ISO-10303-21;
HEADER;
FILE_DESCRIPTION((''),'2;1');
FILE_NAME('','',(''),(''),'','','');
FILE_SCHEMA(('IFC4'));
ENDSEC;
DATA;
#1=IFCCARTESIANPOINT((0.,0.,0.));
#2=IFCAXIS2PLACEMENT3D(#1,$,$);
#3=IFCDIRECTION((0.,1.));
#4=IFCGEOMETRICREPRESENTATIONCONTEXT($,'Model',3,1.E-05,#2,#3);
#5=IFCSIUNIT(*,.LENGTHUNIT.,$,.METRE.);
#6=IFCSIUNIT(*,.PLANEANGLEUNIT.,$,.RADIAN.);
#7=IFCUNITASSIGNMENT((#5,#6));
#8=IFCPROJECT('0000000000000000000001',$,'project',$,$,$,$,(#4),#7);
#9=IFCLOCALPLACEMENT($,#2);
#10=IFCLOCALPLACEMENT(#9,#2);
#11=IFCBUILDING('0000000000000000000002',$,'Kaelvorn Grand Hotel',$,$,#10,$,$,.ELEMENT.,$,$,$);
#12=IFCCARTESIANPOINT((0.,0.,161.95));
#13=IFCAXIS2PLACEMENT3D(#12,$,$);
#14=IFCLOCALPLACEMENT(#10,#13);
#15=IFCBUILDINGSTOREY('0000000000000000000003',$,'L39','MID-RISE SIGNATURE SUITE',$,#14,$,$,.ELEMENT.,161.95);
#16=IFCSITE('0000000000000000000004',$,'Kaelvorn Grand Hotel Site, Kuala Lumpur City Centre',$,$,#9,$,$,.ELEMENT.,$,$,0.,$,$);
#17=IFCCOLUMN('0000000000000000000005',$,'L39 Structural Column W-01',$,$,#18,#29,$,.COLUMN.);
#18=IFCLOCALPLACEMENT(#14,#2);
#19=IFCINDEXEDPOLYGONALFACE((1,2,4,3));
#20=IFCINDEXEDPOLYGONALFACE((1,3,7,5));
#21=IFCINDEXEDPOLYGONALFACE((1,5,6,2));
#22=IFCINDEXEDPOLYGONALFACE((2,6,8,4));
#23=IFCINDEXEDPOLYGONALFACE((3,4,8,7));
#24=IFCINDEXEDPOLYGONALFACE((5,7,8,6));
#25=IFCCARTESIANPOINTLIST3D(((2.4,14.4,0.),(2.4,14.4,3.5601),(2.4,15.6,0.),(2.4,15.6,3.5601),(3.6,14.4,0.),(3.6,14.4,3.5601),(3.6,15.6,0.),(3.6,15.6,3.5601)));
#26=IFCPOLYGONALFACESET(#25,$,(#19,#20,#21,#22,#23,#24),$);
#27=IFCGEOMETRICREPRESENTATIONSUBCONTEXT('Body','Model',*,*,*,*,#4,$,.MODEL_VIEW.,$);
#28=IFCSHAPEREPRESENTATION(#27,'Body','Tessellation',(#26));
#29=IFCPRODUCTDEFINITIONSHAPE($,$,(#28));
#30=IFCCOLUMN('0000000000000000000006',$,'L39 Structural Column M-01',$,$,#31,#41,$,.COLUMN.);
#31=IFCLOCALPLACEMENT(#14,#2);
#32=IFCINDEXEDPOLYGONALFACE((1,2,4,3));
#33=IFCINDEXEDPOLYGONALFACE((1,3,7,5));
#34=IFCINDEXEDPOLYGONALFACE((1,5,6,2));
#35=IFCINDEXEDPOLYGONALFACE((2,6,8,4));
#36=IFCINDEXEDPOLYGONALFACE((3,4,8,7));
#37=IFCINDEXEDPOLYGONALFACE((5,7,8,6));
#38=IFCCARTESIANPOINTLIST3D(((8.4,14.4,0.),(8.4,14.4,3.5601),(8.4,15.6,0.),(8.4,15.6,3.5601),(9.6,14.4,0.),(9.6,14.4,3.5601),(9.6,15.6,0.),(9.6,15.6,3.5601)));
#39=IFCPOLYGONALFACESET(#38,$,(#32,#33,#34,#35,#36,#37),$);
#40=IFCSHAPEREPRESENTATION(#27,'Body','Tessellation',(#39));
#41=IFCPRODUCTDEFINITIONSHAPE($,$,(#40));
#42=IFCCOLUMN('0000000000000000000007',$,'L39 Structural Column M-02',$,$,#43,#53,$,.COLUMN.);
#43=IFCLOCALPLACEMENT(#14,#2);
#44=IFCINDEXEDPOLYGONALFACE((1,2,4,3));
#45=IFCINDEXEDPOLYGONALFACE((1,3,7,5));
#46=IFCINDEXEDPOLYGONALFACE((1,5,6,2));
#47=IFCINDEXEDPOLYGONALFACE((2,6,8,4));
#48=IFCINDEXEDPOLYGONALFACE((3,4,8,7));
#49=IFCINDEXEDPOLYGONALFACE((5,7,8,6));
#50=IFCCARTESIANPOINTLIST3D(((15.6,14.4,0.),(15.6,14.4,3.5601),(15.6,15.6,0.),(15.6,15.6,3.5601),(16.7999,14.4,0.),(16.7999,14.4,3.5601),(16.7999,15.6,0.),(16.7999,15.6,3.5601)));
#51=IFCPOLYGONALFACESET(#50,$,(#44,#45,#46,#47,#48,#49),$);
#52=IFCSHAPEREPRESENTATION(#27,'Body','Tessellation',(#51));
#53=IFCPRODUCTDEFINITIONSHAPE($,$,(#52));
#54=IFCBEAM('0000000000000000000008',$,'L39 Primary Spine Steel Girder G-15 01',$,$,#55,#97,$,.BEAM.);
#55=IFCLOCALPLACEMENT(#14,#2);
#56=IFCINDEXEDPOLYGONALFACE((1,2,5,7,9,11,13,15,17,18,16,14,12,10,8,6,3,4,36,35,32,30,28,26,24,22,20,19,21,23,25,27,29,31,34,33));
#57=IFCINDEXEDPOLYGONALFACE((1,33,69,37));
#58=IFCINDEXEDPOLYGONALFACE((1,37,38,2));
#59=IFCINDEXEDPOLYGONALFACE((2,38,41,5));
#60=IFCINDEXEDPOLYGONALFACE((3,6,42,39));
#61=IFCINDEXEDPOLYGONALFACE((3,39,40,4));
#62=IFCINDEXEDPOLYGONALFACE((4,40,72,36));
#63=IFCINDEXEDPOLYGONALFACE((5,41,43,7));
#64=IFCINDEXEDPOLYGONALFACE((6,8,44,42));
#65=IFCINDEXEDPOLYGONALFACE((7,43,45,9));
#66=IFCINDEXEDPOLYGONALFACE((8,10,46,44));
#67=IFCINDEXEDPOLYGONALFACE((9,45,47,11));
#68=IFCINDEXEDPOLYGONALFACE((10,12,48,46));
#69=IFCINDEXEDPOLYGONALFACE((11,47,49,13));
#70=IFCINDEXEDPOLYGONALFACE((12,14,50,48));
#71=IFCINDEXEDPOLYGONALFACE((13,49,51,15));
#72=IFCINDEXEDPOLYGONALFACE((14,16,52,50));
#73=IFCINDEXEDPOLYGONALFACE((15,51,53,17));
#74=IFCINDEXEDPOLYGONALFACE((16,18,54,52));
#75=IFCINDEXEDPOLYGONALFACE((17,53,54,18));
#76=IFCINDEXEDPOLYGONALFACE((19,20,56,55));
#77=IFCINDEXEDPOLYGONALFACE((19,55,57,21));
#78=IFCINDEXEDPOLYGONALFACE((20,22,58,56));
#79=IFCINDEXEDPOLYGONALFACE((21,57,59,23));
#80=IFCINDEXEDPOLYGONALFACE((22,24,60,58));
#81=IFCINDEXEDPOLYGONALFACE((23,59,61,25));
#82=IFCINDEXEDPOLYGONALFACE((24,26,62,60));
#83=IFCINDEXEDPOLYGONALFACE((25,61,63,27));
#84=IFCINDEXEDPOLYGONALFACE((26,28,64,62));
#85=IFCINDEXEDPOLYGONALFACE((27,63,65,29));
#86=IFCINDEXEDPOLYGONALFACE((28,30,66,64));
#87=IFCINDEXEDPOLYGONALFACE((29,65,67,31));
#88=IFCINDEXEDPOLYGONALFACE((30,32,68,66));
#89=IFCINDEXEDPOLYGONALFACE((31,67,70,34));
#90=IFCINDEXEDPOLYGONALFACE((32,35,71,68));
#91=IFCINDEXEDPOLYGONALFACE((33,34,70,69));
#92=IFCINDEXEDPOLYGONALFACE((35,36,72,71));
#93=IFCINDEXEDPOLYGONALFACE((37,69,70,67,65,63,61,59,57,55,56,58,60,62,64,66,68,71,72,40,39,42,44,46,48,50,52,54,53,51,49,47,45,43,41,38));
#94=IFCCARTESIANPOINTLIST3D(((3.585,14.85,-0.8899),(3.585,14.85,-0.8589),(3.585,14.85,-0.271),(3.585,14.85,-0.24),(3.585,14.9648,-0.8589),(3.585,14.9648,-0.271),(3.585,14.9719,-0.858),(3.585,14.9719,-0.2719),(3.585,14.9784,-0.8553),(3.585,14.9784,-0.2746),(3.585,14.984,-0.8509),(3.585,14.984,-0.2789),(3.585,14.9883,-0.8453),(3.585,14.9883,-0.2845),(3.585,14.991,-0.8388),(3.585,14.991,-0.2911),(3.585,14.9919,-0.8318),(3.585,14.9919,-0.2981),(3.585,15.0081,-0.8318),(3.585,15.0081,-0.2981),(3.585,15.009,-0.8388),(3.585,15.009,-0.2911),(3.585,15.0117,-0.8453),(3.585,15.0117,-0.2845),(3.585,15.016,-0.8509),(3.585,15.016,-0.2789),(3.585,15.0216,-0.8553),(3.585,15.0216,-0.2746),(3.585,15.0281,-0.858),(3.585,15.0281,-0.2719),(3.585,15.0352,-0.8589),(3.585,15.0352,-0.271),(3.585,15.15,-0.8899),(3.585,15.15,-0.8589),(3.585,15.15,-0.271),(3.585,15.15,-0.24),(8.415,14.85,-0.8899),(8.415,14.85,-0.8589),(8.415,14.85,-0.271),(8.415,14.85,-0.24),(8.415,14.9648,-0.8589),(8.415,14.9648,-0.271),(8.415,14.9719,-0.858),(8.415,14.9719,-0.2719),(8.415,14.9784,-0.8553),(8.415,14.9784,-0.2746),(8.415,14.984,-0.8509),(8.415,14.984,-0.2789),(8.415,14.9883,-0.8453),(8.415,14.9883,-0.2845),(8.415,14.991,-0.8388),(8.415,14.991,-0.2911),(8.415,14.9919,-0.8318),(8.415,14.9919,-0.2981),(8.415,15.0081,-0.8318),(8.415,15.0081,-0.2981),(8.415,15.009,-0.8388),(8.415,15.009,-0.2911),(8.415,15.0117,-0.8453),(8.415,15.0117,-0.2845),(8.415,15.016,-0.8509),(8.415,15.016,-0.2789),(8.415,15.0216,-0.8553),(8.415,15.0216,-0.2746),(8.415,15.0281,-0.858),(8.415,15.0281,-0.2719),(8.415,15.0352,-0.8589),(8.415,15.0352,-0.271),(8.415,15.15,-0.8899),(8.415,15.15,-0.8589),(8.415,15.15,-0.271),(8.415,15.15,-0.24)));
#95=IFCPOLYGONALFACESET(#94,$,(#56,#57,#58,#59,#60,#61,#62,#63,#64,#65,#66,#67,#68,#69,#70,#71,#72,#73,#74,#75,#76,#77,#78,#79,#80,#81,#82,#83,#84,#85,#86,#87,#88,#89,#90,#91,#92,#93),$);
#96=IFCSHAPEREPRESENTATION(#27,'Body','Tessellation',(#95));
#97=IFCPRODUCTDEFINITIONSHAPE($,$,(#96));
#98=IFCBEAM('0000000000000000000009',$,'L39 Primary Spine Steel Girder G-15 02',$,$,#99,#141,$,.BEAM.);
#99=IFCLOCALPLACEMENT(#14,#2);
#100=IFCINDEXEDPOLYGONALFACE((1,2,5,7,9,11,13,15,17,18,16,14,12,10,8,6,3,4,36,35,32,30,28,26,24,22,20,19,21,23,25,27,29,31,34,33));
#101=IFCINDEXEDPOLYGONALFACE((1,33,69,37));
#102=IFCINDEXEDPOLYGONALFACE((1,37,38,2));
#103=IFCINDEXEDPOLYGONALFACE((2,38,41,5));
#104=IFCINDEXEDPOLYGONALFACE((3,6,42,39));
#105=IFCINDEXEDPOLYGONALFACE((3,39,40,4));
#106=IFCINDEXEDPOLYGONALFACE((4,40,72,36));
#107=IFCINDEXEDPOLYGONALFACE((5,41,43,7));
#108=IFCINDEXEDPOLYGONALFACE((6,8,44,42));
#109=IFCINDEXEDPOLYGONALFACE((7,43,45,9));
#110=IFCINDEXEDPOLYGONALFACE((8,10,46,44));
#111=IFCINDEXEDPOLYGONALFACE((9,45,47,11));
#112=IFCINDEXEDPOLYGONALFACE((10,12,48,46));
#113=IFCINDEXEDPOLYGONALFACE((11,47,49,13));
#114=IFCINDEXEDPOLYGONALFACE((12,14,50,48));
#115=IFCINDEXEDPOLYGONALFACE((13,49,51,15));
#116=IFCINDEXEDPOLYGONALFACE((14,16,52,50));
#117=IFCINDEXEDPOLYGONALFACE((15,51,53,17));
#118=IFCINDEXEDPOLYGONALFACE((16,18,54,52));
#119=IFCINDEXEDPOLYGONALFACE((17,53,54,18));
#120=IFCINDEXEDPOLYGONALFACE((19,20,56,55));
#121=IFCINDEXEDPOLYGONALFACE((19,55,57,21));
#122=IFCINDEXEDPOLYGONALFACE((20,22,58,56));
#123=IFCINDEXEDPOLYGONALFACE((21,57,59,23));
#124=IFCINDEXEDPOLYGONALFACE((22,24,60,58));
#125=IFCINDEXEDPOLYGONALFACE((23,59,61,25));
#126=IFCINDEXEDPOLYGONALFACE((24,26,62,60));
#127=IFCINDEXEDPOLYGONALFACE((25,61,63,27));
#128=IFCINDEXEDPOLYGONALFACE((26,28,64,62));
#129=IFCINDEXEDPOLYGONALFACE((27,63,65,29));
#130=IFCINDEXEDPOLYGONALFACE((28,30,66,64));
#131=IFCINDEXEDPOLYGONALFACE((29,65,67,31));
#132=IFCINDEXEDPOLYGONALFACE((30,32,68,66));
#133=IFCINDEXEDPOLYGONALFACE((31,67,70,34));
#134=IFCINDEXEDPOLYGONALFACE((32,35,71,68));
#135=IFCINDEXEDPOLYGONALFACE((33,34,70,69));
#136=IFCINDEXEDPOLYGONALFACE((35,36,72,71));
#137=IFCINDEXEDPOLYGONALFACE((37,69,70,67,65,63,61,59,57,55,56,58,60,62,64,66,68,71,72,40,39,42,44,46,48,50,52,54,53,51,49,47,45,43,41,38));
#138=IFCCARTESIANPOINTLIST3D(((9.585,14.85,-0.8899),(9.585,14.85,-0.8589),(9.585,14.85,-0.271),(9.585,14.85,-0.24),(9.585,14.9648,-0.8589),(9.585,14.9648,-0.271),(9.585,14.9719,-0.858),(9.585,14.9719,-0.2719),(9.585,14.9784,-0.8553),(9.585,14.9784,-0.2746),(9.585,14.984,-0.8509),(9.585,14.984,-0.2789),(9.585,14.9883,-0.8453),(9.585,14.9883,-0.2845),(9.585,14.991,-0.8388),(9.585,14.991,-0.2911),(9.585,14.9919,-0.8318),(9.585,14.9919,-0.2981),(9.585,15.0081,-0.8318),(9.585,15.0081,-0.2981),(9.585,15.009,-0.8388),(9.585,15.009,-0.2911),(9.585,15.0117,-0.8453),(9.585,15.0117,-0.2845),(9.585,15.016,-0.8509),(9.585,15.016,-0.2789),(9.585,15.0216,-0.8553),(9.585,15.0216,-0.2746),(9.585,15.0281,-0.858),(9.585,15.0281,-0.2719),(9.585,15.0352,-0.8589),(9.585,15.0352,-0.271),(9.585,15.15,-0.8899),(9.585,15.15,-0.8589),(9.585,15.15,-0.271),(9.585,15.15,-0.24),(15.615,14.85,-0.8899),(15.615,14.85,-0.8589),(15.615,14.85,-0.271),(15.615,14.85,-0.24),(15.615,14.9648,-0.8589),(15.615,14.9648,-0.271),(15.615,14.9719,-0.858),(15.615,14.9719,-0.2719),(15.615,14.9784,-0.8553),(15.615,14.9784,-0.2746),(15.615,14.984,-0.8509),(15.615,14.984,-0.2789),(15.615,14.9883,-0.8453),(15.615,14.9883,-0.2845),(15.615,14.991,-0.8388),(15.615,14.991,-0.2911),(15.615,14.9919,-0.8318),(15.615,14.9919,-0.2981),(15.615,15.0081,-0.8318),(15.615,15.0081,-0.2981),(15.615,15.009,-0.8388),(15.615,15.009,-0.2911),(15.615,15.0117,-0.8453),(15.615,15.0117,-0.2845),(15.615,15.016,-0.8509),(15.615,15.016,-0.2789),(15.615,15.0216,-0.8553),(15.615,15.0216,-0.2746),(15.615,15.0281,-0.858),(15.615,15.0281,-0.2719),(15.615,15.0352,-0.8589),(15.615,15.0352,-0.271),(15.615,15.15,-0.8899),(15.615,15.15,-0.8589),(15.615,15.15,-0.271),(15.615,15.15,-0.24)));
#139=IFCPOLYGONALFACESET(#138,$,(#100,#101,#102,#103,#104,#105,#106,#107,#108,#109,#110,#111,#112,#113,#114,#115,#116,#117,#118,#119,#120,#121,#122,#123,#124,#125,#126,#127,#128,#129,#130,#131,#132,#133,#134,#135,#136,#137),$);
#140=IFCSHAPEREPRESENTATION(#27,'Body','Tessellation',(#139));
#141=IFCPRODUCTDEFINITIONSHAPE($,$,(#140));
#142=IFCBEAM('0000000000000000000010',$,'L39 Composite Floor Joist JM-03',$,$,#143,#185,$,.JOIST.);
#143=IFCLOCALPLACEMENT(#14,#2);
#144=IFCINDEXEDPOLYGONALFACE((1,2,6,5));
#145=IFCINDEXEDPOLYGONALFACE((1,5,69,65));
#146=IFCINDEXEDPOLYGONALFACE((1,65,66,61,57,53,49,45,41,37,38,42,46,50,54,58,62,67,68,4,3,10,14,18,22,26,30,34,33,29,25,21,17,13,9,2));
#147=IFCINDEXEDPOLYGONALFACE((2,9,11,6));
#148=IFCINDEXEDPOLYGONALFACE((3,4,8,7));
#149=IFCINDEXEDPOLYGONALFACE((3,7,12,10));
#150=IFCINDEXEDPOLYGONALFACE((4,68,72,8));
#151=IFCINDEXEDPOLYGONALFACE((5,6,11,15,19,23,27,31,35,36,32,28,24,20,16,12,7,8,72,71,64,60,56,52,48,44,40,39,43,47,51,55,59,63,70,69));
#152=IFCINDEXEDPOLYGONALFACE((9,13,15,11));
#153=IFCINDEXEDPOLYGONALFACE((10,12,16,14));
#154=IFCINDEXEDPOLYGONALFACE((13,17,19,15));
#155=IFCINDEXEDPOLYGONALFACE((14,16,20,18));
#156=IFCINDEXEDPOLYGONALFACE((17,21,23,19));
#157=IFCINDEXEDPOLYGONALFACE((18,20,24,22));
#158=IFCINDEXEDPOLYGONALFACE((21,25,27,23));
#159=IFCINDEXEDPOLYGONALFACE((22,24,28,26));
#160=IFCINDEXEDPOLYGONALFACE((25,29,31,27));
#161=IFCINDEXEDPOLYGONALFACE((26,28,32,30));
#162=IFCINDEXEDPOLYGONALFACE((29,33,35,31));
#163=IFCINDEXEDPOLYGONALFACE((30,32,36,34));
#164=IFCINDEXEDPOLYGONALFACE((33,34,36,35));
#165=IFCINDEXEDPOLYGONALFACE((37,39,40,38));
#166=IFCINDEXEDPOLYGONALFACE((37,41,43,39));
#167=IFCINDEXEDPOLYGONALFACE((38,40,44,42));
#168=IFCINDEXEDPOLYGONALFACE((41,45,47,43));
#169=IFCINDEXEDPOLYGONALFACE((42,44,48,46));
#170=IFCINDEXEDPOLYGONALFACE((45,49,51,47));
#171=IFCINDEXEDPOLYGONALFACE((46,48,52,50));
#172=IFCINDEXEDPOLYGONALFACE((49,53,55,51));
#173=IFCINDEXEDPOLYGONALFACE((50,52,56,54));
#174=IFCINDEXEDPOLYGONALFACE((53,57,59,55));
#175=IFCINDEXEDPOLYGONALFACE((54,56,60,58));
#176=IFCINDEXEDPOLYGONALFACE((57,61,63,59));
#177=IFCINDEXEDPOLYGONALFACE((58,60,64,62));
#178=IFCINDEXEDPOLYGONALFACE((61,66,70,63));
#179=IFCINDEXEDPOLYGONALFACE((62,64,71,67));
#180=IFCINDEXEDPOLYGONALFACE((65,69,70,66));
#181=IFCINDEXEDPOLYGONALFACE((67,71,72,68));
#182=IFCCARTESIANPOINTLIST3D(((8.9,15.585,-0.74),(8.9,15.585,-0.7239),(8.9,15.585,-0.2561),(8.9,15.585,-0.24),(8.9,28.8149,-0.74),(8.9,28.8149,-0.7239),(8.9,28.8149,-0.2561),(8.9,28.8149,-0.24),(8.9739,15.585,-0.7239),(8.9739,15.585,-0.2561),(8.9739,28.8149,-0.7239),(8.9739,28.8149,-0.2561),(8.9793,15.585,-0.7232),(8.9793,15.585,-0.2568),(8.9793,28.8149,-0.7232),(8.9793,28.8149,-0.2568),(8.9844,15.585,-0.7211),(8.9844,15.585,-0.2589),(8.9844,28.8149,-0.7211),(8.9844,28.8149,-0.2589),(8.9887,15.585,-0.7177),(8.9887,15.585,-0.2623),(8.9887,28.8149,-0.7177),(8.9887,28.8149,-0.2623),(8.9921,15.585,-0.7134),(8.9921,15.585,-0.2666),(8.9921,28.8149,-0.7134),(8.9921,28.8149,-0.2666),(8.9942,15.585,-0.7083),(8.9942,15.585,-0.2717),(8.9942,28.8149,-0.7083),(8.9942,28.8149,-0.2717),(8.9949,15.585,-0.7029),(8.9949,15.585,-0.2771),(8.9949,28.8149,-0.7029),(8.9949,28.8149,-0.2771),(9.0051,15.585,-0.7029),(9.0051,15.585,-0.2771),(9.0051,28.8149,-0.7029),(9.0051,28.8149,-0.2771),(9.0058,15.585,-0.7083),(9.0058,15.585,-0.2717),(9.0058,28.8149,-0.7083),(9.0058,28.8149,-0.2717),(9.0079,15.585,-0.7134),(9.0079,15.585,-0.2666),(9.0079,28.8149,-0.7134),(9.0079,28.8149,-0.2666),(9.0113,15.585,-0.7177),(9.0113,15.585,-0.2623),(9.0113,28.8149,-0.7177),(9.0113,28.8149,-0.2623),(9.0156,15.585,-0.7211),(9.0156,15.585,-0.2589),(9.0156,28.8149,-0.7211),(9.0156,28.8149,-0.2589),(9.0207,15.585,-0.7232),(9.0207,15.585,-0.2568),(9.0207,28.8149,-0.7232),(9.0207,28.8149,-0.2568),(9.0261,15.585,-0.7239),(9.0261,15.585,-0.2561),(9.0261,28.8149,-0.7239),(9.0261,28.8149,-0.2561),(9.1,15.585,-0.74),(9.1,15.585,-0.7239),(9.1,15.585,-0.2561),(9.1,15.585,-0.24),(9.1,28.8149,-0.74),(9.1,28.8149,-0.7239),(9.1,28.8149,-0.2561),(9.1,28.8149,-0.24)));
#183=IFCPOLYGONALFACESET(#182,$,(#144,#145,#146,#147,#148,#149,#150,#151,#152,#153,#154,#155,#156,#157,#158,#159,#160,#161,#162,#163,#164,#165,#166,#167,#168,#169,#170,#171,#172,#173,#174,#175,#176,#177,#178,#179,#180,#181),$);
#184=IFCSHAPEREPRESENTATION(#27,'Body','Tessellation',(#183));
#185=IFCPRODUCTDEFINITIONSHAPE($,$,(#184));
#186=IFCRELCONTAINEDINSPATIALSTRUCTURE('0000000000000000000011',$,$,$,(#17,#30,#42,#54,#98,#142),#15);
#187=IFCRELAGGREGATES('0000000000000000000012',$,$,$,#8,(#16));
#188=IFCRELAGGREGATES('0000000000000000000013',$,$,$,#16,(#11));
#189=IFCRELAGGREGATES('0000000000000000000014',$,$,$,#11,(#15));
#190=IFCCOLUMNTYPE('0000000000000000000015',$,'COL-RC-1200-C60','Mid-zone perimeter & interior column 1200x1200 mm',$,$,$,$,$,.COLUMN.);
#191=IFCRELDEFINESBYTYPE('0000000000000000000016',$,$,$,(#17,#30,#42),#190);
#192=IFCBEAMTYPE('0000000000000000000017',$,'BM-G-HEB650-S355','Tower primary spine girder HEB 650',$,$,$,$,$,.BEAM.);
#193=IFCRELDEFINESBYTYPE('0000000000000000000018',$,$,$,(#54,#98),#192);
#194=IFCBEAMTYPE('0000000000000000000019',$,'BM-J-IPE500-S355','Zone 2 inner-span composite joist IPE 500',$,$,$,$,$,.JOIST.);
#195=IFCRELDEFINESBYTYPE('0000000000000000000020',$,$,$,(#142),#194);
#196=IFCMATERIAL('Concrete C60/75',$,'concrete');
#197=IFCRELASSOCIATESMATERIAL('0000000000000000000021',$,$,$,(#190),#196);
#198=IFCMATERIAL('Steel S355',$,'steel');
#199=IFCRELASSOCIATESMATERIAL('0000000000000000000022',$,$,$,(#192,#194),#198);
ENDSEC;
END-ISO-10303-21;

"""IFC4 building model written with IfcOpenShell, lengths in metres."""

from ifc_helpers import new_model, si_unit, direction, frame, origin, origin_2d, place, context, subcontext, project, spatial, rectangle, i_section, extrude, material, material_profile, profile_set, type_object, element, save


model = new_model("IFC4")

# Units and contexts
model_context = context("Model", 3, precision=1e-05, world=origin(), true_north=direction((0.0, 1.0)))
body_context = subcontext(model_context, "Body", "Model", "MODEL_VIEW")
ifc_project = project(units=[si_unit("LENGTHUNIT", "METRE"), si_unit("PLANEANGLEUNIT", "RADIAN")], contexts=[model_context])

# Site, building, storey
site_placement = place(None, origin())
site = spatial("IfcSite", under=ifc_project, at=site_placement, Name="Kaelvorn Grand Hotel Site, Kuala Lumpur City Centre", CompositionType="ELEMENT", RefElevation=0.0)
building_placement = place(site_placement, origin())
building = spatial("IfcBuilding", under=site, at=building_placement, Name="Kaelvorn Grand Hotel", CompositionType="ELEMENT")
storey_placement = place(building_placement, frame((0.0, 0.0, 161.95)))
storey = spatial("IfcBuildingStorey", under=building, at=storey_placement, Name="L39", Description="MID-RISE SIGNATURE SUITE", CompositionType="ELEMENT", Elevation=161.95)

# Columns
ifc_material_1 = material(Name="Concrete C60/75", Category="concrete")
ifc_material_profile_1 = material_profile(ifc_material_1, rectangle(XDim=1.2, YDim=1.2, at=origin_2d()), Name="RC COL 1200x1200")
ifc_profile_set_1 = profile_set([ifc_material_profile_1], Name="Concrete C60/75")
column_type = type_object("IfcColumnType", Name="COL-RC-1200-C60", Description="Mid-zone perimeter & interior column 1200x1200 mm", PredefinedType="COLUMN", material=ifc_profile_set_1)
for number, where, z_axis, x_axis, name in (
    (1, (3.0, 15.0, 0.0), (0.0, 0.0, 1.0), (1.0, 0.0, 0.0), "L39 Structural Column W-01"),
    (2, (9.0, 15.0, 0.0), (0.0, 0.0, 1.0), (1.0, 0.0, 0.0), "L39 Structural Column M-01"),
    (3, (16.2, 15.0, 0.0), (0.0, 0.0, 1.0), (1.0, 0.0, 0.0), "L39 Structural Column M-02"),
):
    element("IfcColumn", number, at=place(storey_placement, frame(where, z_axis=z_axis, x_axis=x_axis)), inside=storey, type_object=column_type, Name=name, PredefinedType="COLUMN", context=body_context, shape_type="SweptSolid", body=[
        extrude(rectangle(XDim=1.2, YDim=1.2, at=origin_2d()), origin(), (0.0, 0.0, 1.0), 3.5601),
    ])

# Beams
ifc_material_2 = material(Name="Steel S355", Category="steel")
ifc_material_profile_2 = material_profile(ifc_material_2, i_section(OverallWidth=0.3, OverallDepth=0.6499, WebThickness=0.0161, FlangeThickness=0.031, FilletRadius=0.0271, at=origin_2d()), Name="HEB 650")
ifc_profile_set_2 = profile_set([ifc_material_profile_2], Name="Steel S355")
beam_type_1 = type_object("IfcBeamType", Name="BM-G-HEB650-S355", Description="Tower primary spine girder HEB 650", PredefinedType="BEAM", material=ifc_profile_set_2)
beam_1_placement = place(storey_placement, frame((3.585, 15.0, -0.5649), z_axis=(1.0, 0.0, 0.0), x_axis=(0.0, 1.0, 0.0)))
element("IfcBeam", 4, at=beam_1_placement, inside=storey, type_object=beam_type_1, Name="L39 Primary Spine Steel Girder G-15 01", PredefinedType="BEAM", context=body_context, shape_type="SweptSolid", body=[
    extrude(i_section(OverallWidth=0.3, OverallDepth=0.6499, WebThickness=0.0161, FlangeThickness=0.031, FilletRadius=0.0271, at=origin_2d()), origin(), (0.0, 0.0, 1.0), 4.8301),
])
beam_2_placement = place(storey_placement, frame((9.585, 15.0, -0.5649), z_axis=(1.0, 0.0, 0.0), x_axis=(0.0, 1.0, 0.0)))
element("IfcBeam", 5, at=beam_2_placement, inside=storey, type_object=beam_type_1, Name="L39 Primary Spine Steel Girder G-15 02", PredefinedType="BEAM", context=body_context, shape_type="SweptSolid", body=[
    extrude(i_section(OverallWidth=0.3, OverallDepth=0.6499, WebThickness=0.0161, FlangeThickness=0.031, FilletRadius=0.0271, at=origin_2d()), origin(), (0.0, 0.0, 1.0), 6.03),
])
ifc_material_profile_3 = material_profile(ifc_material_2, i_section(OverallWidth=0.2, OverallDepth=0.5, WebThickness=0.0103, FlangeThickness=0.0161, FilletRadius=0.021, at=origin_2d()), Name="IPE 500")
ifc_profile_set_3 = profile_set([ifc_material_profile_3], Name="Steel S355")
beam_type_2 = type_object("IfcBeamType", Name="BM-J-IPE500-S355", Description="Zone 2 inner-span composite joist IPE 500", PredefinedType="JOIST", material=ifc_profile_set_3)
beam_3_placement = place(storey_placement, frame((9.0, 15.585, -0.49), z_axis=(0.0, 1.0, 0.0), x_axis=(-1.0, 0.0, 0.0)))
element("IfcBeam", 6, at=beam_3_placement, inside=storey, type_object=beam_type_2, Name="L39 Composite Floor Joist JM-03", PredefinedType="JOIST", context=body_context, shape_type="SweptSolid", body=[
    extrude(i_section(OverallWidth=0.2, OverallDepth=0.5, WebThickness=0.0103, FlangeThickness=0.0161, FilletRadius=0.021, at=origin_2d()), origin(), (0.0, 0.0, 1.0), 13.23),
])

save(model, "model.ifc")
